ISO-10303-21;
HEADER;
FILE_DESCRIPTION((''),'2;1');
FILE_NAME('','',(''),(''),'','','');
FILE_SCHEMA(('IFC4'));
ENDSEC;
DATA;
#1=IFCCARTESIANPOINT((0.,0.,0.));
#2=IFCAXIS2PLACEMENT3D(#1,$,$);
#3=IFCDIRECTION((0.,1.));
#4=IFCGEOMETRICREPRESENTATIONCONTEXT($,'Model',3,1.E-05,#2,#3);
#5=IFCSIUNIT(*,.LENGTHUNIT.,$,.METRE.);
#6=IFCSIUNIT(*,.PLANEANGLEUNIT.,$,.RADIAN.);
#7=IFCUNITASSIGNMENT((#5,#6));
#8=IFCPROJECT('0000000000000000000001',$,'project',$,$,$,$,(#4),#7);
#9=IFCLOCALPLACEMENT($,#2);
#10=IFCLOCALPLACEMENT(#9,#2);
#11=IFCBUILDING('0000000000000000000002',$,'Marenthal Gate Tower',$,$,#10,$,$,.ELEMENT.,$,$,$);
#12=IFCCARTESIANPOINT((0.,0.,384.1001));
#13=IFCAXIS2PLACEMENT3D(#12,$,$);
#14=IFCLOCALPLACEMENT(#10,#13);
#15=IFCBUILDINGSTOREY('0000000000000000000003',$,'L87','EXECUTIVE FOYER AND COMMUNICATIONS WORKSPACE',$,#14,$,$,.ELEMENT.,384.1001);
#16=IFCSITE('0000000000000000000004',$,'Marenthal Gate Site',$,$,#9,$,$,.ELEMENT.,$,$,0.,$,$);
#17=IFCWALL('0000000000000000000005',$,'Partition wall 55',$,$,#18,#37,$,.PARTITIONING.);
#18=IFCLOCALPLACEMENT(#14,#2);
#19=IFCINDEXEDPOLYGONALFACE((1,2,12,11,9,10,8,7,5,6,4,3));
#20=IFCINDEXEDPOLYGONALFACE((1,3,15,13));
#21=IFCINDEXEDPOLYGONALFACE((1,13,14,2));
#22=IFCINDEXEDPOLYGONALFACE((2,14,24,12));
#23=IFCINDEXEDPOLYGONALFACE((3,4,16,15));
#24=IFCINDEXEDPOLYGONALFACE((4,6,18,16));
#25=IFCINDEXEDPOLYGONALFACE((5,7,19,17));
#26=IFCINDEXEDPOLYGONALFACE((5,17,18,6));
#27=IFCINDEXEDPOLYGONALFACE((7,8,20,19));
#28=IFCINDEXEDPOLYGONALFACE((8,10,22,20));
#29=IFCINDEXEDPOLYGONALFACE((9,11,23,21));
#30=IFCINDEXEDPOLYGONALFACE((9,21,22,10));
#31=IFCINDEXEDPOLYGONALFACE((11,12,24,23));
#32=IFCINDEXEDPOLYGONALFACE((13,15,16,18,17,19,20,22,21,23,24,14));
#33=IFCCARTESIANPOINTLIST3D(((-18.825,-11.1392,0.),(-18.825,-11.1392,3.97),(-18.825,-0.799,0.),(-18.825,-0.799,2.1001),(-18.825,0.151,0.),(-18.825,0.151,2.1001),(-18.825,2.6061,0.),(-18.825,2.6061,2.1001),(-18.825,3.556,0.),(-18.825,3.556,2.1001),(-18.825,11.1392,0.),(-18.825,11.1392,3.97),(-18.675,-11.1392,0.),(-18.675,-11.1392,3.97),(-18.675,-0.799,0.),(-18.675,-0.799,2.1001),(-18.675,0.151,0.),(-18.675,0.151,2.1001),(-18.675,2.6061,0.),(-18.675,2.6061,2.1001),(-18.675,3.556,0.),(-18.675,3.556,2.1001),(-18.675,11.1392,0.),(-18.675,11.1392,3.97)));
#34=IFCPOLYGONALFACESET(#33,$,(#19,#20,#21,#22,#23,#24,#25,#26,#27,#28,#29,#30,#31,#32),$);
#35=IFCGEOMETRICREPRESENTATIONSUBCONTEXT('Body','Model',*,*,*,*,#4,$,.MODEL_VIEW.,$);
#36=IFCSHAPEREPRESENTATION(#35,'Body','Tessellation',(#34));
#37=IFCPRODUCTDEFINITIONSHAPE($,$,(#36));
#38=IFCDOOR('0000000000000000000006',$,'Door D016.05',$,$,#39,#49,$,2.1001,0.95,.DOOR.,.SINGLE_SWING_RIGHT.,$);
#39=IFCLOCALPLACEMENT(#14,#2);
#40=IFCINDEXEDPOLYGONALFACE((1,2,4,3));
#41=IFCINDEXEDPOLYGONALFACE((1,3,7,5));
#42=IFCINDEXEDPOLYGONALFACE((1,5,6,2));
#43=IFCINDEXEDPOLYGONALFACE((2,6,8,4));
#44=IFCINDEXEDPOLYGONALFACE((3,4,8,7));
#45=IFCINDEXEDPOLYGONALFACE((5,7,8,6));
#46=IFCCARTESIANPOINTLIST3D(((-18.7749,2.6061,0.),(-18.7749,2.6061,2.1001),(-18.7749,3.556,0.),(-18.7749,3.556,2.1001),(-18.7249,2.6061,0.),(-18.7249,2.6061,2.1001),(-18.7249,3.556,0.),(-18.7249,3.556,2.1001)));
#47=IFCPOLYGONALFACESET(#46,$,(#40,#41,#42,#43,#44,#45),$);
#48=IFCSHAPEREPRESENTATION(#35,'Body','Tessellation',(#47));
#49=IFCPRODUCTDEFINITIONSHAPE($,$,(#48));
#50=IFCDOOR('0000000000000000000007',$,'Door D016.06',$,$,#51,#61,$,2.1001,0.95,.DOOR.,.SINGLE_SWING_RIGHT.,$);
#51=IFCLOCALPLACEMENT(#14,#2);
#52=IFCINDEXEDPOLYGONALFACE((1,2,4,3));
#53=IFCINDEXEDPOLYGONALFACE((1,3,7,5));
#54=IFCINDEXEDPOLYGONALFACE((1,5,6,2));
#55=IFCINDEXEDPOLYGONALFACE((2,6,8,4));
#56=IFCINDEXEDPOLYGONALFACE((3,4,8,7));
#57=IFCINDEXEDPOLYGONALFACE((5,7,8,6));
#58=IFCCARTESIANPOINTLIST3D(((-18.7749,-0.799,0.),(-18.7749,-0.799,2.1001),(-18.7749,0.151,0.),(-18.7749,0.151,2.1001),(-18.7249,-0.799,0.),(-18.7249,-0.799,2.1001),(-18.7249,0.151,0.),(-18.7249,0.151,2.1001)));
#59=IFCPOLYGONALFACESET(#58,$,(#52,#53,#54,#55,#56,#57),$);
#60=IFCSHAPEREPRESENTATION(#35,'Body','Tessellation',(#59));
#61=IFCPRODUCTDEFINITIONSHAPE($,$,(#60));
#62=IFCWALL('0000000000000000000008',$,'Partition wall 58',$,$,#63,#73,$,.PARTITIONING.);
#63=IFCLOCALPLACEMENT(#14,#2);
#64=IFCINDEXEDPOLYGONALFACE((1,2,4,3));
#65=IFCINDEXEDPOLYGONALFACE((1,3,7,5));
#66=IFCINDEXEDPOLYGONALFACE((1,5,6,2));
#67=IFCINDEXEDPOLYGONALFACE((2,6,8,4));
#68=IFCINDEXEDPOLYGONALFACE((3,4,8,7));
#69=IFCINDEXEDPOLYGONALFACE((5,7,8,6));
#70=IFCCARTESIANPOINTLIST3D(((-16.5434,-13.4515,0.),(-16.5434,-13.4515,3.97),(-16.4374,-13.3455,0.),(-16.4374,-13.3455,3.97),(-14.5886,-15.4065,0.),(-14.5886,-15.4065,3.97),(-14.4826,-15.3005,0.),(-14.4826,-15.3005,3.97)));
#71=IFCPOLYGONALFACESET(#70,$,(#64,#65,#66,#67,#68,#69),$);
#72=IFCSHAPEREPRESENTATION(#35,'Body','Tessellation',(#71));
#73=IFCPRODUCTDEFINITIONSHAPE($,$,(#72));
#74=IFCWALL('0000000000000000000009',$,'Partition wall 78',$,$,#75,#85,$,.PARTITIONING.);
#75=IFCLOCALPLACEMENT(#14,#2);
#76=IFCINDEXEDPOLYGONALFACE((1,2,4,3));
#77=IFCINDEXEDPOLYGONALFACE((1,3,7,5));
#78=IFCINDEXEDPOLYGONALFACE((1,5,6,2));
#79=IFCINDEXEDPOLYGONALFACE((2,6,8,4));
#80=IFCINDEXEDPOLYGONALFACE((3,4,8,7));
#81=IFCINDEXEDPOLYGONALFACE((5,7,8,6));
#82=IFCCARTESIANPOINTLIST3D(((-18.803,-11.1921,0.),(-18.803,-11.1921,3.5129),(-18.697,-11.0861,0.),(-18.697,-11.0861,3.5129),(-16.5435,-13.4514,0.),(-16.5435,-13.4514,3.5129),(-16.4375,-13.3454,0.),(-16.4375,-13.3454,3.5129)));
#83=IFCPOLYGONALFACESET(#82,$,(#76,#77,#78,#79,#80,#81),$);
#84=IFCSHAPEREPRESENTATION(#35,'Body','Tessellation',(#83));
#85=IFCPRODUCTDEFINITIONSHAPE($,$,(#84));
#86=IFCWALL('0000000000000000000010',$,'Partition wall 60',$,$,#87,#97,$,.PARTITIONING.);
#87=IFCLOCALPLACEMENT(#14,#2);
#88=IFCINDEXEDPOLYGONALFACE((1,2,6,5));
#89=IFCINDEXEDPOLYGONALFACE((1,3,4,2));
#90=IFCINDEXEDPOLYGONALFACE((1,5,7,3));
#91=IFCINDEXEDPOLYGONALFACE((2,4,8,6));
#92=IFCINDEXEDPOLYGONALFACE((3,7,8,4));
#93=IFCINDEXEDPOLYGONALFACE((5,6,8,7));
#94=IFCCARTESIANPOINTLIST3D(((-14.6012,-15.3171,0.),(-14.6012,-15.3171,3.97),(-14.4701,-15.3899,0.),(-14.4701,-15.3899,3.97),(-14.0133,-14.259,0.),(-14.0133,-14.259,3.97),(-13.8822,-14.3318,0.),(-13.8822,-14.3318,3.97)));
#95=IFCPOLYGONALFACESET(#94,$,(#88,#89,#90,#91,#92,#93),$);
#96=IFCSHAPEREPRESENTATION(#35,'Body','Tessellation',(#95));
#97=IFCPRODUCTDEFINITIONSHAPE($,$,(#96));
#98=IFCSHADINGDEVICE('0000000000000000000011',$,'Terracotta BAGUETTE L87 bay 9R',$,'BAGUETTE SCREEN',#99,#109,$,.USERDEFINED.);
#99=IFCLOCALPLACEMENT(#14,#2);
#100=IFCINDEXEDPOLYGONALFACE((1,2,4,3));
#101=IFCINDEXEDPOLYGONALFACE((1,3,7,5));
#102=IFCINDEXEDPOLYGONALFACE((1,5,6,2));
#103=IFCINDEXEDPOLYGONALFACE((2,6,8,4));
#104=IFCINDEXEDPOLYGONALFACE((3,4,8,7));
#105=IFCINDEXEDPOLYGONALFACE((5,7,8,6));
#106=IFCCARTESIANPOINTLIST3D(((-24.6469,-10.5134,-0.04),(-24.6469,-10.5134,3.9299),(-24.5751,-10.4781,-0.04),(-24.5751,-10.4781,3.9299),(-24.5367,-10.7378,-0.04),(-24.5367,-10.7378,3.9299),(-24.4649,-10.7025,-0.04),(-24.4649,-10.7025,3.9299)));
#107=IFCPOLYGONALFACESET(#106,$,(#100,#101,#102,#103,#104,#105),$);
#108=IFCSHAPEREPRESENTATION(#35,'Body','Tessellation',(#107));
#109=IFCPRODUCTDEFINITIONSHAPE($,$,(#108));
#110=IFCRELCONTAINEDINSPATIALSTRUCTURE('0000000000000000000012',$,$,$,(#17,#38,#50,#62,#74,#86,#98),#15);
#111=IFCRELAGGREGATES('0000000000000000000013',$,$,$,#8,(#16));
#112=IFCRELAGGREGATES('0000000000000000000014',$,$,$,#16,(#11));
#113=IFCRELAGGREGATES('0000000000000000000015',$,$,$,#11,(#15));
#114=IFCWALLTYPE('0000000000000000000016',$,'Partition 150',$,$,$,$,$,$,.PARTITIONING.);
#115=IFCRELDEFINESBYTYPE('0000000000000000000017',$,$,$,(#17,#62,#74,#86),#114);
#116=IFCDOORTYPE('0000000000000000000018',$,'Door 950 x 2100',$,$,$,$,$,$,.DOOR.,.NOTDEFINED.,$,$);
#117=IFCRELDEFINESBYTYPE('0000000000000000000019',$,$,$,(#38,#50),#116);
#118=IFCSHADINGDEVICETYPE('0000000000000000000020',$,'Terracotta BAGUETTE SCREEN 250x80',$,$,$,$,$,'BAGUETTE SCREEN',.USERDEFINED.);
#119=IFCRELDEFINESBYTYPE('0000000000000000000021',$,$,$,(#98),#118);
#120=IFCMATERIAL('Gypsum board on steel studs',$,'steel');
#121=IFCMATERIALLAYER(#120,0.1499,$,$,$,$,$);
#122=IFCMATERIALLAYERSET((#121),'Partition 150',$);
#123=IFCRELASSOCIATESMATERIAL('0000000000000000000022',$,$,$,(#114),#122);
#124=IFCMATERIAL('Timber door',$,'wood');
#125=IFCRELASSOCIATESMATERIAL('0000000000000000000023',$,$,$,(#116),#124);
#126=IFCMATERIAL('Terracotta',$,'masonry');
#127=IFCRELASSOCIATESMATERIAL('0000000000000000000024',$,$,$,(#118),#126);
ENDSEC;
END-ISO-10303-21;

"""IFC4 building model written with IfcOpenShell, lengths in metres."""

from ifc_helpers import new_model, si_unit, direction, frame, frame_2d, origin, origin_2d, place, context, subcontext, project, spatial, rectangle, extrude, material, layer, layer_set, material_profile, profile_set, type_object, element, fill, save


model = new_model("IFC4")

# Units and contexts
model_context = context("Model", 3, precision=1e-05, world=origin(), true_north=direction((0.0, 1.0)))
body_context = subcontext(model_context, "Body", "Model", "MODEL_VIEW")
ifc_project = project(units=[si_unit("LENGTHUNIT", "METRE"), si_unit("PLANEANGLEUNIT", "RADIAN")], contexts=[model_context])

# Site, building, storey
site_placement = place(None, origin())
site = spatial("IfcSite", under=ifc_project, at=site_placement, Name="Marenthal Gate Site", CompositionType="ELEMENT", RefElevation=0.0)
building_placement = place(site_placement, origin())
building = spatial("IfcBuilding", under=site, at=building_placement, Name="Marenthal Gate Tower", CompositionType="ELEMENT")
storey_placement = place(building_placement, frame((0.0, 0.0, 384.1001)))
storey = spatial("IfcBuildingStorey", under=building, at=storey_placement, Name="L87", Description="EXECUTIVE FOYER AND COMMUNICATIONS WORKSPACE", CompositionType="ELEMENT", Elevation=384.1001)

# Wall, openings, doors
ifc_material_1 = material(Name="Gypsum board on steel studs", Category="steel")
ifc_layer_1 = layer(ifc_material_1, 0.1499)
ifc_layer_set_1 = layer_set([ifc_layer_1], Name="Partition 150")
wall_type_1 = type_object("IfcWallType", Name="Partition 150", PredefinedType="PARTITIONING", material=ifc_layer_set_1)
wall_1_placement = place(storey_placement, frame((-18.75, -11.1392, 0.0), z_axis=(0.0, 0.0, 1.0), x_axis=(0.0, 1.0, 0.0)))
wall_1 = element("IfcWall", 1, at=wall_1_placement, inside=storey, type_object=wall_type_1, Name="Partition wall 55", PredefinedType="PARTITIONING", context=body_context, shape_type="SweptSolid", body=[
    extrude(rectangle(XDim=22.2783, YDim=0.1499, at=frame_2d((11.1392, 0.0))), origin(), (0.0, 0.0, 1.0), 3.97),
])
opening_1_placement = place(wall_1_placement, frame((13.7451, 0.0, 0.0)))
opening_1 = element("IfcOpeningElement", 2, at=opening_1_placement, cuts=wall_1, PredefinedType="OPENING", context=body_context, shape_type="SweptSolid", body=[
    extrude(rectangle(XDim=0.95, YDim=2.1001, at=frame_2d((0.4751, 1.05))), frame((0.0, 0.085, 0.0), z_axis=(0.0, -1.0, 0.0), x_axis=(1.0, 0.0, 0.0)), (0.0, 0.0, 1.0), 0.1699),
])
opening_2_placement = place(wall_1_placement, frame((10.3401, 0.0, 0.0)))
opening_2 = element("IfcOpeningElement", 3, at=opening_2_placement, cuts=wall_1, PredefinedType="OPENING", context=body_context, shape_type="SweptSolid", body=[
    extrude(rectangle(XDim=0.95, YDim=2.1001, at=frame_2d((0.4751, 1.05))), frame((0.0, 0.085, 0.0), z_axis=(0.0, -1.0, 0.0), x_axis=(1.0, 0.0, 0.0)), (0.0, 0.0, 1.0), 0.1699),
])
ifc_material_2 = material(Name="Timber door", Category="wood")
door_type_1 = type_object("IfcDoorType", Name="Door 950 x 2100", OperationType="NOTDEFINED", PredefinedType="DOOR", material=ifc_material_2)
door_1_placement = place(opening_1_placement, origin())
door_1 = element("IfcDoor", 4, at=door_1_placement, inside=storey, type_object=door_type_1, Name="Door D016.05", OperationType="SINGLE_SWING_RIGHT", OverallHeight=2.1001, OverallWidth=0.95, PredefinedType="DOOR", context=body_context, shape_type="SweptSolid", body=[
    extrude(rectangle(XDim=0.95, YDim=2.1001, at=frame_2d((0.4751, 1.05))), frame((0.0, 0.0249, 0.0), z_axis=(0.0, -1.0, 0.0), x_axis=(1.0, 0.0, 0.0)), (0.0, 0.0, 1.0), 0.05),
])
fill(opening_1, door_1)
door_2_placement = place(opening_2_placement, origin())
door_2 = element("IfcDoor", 5, at=door_2_placement, inside=storey, type_object=door_type_1, Name="Door D016.06", OperationType="SINGLE_SWING_RIGHT", OverallHeight=2.1001, OverallWidth=0.95, PredefinedType="DOOR", context=body_context, shape_type="SweptSolid", body=[
    extrude(rectangle(XDim=0.95, YDim=2.1001, at=frame_2d((0.4751, 1.05))), frame((0.0, 0.0249, 0.0), z_axis=(0.0, -1.0, 0.0), x_axis=(1.0, 0.0, 0.0)), (0.0, 0.0, 1.0), 0.05),
])
fill(opening_2, door_2)

# Walls
wall_2_placement = place(storey_placement, frame((-14.5356, -15.3535, 0.0), z_axis=(0.0, 0.0, 1.0), x_axis=(-0.707063, 0.707151, 0.0)))
element("IfcWall", 6, at=wall_2_placement, inside=storey, type_object=wall_type_1, Name="Partition wall 58", PredefinedType="PARTITIONING", context=body_context, shape_type="SweptSolid", body=[
    extrude(rectangle(XDim=2.7646, YDim=0.1499, at=frame_2d((1.3823, 0.0))), origin(), (0.0, 0.0, 1.0), 3.97),
])
wall_3_placement = place(storey_placement, frame((-16.4905, -13.3984, 0.0), z_axis=(0.0, 0.0, 1.0), x_axis=(-0.707145, 0.707069, 0.0)))
element("IfcWall", 7, at=wall_3_placement, inside=storey, type_object=wall_type_1, Name="Partition wall 78", PredefinedType="PARTITIONING", context=body_context, shape_type="SweptSolid", body=[
    extrude(rectangle(XDim=3.1953, YDim=0.1499, at=frame_2d((1.5977, 0.0))), origin(), (0.0, 0.0, 1.0), 3.5129),
])
wall_4_placement = place(storey_placement, frame((-13.9478, -14.2954, 0.0), z_axis=(0.0, 0.0, 1.0), x_axis=(-0.485677, -0.874138, 0.0)))
element("IfcWall", 8, at=wall_4_placement, inside=storey, type_object=wall_type_1, Name="Partition wall 60", PredefinedType="PARTITIONING", context=body_context, shape_type="SweptSolid", body=[
    extrude(rectangle(XDim=1.2104, YDim=0.1499, at=frame_2d((0.6052, 0.0))), origin(), (0.0, 0.0, 1.0), 3.97),
])

# Shading device
ifc_material_3 = material(Name="Terracotta", Category="masonry")
ifc_material_profile_1 = material_profile(ifc_material_3, rectangle(XDim=0.25, YDim=0.0801, at=origin_2d()), Name="Terracotta baguette 250x80")
ifc_profile_set_1 = profile_set([ifc_material_profile_1], Name="Terracotta")
shading_device_type = type_object("IfcShadingDeviceType", Name="Terracotta BAGUETTE SCREEN 250x80", ElementType="BAGUETTE SCREEN", PredefinedType="USERDEFINED", material=ifc_profile_set_1)
shading_device_placement = place(storey_placement, frame((-24.5559, -10.6079, -0.04), z_axis=(0.0, 0.0, 1.0), x_axis=(0.44081, -0.8976, 0.0)))
element("IfcShadingDevice", 9, at=shading_device_placement, inside=storey, type_object=shading_device_type, Name="Terracotta BAGUETTE L87 bay 9R", ObjectType="BAGUETTE SCREEN", PredefinedType="USERDEFINED", context=body_context, shape_type="SweptSolid", body=[
    extrude(rectangle(XDim=0.25, YDim=0.0801, at=origin_2d()), origin(), (0.0, 0.0, 1.0), 3.97),
])

save(model, "model.ifc")
